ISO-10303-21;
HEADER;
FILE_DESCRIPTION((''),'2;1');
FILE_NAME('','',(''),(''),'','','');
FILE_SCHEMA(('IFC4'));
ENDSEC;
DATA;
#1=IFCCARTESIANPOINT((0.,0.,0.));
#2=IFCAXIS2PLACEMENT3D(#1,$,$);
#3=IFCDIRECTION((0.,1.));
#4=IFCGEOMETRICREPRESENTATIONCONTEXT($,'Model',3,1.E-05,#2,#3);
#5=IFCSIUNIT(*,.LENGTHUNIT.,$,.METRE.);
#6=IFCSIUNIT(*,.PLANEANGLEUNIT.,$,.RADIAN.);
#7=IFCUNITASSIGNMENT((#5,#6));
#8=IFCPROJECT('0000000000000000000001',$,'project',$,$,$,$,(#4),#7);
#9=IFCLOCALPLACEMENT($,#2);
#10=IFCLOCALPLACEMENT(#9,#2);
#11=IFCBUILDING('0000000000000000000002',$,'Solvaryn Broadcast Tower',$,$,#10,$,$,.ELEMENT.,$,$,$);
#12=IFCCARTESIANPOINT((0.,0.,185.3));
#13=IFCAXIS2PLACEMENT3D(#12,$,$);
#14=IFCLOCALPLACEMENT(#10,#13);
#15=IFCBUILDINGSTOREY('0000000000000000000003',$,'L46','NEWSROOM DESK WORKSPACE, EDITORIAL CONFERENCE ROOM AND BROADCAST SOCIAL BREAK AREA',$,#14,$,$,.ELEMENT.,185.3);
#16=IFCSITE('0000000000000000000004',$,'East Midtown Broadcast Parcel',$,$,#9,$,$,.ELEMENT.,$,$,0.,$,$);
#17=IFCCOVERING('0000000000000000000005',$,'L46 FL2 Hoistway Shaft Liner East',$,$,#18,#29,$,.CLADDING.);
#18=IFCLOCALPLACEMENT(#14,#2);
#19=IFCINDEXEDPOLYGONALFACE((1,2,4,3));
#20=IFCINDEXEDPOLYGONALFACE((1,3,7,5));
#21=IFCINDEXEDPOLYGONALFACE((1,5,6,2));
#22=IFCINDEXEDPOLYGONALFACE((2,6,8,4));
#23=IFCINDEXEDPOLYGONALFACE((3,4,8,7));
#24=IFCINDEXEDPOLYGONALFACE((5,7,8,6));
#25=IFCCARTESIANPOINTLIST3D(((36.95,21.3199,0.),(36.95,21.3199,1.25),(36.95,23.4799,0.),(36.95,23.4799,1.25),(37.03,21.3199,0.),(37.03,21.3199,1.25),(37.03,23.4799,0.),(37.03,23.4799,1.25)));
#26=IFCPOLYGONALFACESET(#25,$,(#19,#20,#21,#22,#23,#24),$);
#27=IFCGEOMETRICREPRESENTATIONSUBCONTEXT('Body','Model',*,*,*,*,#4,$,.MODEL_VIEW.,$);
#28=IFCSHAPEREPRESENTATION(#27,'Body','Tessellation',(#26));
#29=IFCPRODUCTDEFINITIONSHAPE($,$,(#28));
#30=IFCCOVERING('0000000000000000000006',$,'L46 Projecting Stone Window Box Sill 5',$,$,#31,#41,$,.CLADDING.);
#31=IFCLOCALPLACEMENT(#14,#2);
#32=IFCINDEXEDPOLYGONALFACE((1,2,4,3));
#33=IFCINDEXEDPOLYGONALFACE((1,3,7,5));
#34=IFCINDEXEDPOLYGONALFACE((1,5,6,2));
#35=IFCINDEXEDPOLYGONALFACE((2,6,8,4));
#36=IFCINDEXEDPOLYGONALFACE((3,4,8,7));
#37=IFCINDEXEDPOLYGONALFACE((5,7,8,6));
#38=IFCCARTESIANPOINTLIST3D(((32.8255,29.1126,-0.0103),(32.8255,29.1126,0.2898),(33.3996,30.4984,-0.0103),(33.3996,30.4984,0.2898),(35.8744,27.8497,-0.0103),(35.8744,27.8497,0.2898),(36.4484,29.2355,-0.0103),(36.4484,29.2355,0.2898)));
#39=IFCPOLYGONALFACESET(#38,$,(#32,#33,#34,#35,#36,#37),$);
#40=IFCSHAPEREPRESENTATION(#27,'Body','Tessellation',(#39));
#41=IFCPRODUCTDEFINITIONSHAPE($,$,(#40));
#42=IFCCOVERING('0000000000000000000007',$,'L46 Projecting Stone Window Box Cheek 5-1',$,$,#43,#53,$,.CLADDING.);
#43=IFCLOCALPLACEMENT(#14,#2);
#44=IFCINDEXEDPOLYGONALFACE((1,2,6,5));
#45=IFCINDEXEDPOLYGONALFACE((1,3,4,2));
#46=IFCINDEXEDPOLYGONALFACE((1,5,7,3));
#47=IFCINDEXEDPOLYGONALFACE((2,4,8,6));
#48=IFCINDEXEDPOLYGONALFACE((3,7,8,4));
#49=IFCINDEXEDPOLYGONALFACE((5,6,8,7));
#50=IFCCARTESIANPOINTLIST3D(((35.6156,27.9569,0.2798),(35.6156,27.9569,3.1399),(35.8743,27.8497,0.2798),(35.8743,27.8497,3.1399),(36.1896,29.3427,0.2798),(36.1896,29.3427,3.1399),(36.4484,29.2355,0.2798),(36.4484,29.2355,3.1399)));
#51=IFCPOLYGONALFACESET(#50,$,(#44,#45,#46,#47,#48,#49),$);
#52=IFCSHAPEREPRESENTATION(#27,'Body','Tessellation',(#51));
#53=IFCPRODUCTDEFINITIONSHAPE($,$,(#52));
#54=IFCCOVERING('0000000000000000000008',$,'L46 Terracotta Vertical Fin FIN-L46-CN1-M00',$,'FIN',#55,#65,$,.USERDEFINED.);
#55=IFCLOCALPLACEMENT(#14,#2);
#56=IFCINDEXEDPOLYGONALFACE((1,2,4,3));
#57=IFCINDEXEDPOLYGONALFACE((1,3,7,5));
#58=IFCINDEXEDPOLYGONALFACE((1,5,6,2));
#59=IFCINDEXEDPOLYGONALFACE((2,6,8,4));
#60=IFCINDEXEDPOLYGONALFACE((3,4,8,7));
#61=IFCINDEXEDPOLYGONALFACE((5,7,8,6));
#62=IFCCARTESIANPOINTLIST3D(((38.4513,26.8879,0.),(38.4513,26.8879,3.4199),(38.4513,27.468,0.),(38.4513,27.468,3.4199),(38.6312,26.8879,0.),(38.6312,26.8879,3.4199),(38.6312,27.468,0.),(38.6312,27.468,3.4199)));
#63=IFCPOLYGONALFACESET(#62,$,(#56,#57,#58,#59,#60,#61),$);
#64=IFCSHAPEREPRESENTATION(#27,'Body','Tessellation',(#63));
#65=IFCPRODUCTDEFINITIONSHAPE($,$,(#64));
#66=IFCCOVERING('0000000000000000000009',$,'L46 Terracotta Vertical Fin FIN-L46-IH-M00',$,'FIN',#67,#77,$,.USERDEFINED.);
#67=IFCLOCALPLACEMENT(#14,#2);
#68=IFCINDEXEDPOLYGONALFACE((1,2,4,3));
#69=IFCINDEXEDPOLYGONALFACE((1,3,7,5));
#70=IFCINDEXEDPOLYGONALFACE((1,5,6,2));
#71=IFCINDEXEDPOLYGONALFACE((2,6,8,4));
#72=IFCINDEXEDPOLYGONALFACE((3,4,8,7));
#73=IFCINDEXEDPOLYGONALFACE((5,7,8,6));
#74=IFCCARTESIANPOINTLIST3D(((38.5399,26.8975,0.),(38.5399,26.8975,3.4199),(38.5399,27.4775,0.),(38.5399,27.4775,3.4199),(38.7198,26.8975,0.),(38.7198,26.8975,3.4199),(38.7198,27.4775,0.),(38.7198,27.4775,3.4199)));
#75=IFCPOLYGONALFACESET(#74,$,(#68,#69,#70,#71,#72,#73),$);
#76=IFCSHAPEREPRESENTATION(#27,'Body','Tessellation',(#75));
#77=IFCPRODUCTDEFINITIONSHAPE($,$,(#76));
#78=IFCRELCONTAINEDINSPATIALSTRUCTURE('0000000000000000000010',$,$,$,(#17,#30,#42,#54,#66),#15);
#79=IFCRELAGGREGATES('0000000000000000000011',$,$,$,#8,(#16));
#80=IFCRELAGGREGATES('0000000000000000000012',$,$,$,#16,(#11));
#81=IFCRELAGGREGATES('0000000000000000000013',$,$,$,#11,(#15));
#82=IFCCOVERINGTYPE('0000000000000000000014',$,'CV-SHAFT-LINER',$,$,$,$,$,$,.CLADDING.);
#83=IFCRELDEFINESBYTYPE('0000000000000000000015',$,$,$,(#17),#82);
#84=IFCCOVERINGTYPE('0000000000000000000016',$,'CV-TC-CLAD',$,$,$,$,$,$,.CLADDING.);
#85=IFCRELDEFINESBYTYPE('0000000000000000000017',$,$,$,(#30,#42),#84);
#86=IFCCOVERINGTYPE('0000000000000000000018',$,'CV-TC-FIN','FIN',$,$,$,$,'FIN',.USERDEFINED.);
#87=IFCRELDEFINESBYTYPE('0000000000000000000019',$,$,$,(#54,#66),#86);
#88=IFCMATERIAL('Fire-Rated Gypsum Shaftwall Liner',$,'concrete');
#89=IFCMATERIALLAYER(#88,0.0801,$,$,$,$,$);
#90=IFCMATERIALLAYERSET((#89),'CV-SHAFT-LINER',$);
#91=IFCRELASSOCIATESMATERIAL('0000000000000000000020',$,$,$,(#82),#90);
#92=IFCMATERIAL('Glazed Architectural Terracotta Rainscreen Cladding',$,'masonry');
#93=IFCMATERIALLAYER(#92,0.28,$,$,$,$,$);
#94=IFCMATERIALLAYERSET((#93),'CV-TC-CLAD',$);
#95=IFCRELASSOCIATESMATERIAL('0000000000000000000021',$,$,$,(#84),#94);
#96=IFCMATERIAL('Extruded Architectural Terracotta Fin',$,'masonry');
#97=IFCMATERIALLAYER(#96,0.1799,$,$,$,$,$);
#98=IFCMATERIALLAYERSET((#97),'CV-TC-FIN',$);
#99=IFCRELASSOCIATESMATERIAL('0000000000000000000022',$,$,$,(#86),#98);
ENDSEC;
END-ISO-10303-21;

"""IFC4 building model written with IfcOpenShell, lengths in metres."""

from ifc_helpers import new_model, si_unit, direction, frame, origin, origin_2d, place, context, subcontext, project, spatial, rectangle, extrude, material, layer, layer_set, type_object, element, save


model = new_model("IFC4")

# Units and contexts
model_context = context("Model", 3, precision=1e-05, world=origin(), true_north=direction((0.0, 1.0)))
body_context = subcontext(model_context, "Body", "Model", "MODEL_VIEW")
ifc_project = project(units=[si_unit("LENGTHUNIT", "METRE"), si_unit("PLANEANGLEUNIT", "RADIAN")], contexts=[model_context])

# Site, building, storey
site_placement = place(None, origin())
site = spatial("IfcSite", under=ifc_project, at=site_placement, Name="East Midtown Broadcast Parcel", CompositionType="ELEMENT", RefElevation=0.0)
building_placement = place(site_placement, origin())
building = spatial("IfcBuilding", under=site, at=building_placement, Name="Solvaryn Broadcast Tower", CompositionType="ELEMENT")
storey_placement = place(building_placement, frame((0.0, 0.0, 185.3)))
storey = spatial("IfcBuildingStorey", under=building, at=storey_placement, Name="L46", Description="NEWSROOM DESK WORKSPACE, EDITORIAL CONFERENCE ROOM AND BROADCAST SOCIAL BREAK AREA", CompositionType="ELEMENT", Elevation=185.3)

# Coverings
ifc_material_1 = material(Name="Fire-Rated Gypsum Shaftwall Liner", Category="concrete")
ifc_layer_1 = layer(ifc_material_1, 0.0801)
ifc_layer_set_1 = layer_set([ifc_layer_1], Name="CV-SHAFT-LINER")
covering_type_1 = type_object("IfcCoveringType", Name="CV-SHAFT-LINER", PredefinedType="CLADDING", material=ifc_layer_set_1)
covering_1_placement = place(storey_placement, frame((36.99, 22.3999, 0.0), z_axis=(0.0, 0.0, 1.0), x_axis=(1.0, 0.0, 0.0)))
element("IfcCovering", 1, at=covering_1_placement, inside=storey, type_object=covering_type_1, Name="L46 FL2 Hoistway Shaft Liner East", PredefinedType="CLADDING", context=body_context, shape_type="SweptSolid", body=[
    extrude(rectangle(XDim=0.0801, YDim=2.1599, at=origin_2d()), origin(), (0.0, 0.0, 1.0), 1.25),
])
ifc_material_2 = material(Name="Glazed Architectural Terracotta Rainscreen Cladding", Category="masonry")
ifc_layer_2 = layer(ifc_material_2, 0.28)
ifc_layer_set_2 = layer_set([ifc_layer_2], Name="CV-TC-CLAD")
covering_type_2 = type_object("IfcCoveringType", Name="CV-TC-CLAD", PredefinedType="CLADDING", material=ifc_layer_set_2)
covering_2_placement = place(storey_placement, frame((34.637, 29.1741, -0.0103), z_axis=(0.0, 0.0, 1.0), x_axis=(-0.92388, 0.382683, 0.0)))
element("IfcCovering", 2, at=covering_2_placement, inside=storey, type_object=covering_type_2, Name="L46 Projecting Stone Window Box Sill 5", PredefinedType="CLADDING", context=body_context, shape_type="SweptSolid", body=[
    extrude(rectangle(XDim=3.3, YDim=1.5, at=origin_2d()), origin(), (0.0, 0.0, 1.0), 0.3),
])
covering_3_placement = place(storey_placement, frame((36.032, 28.5962, 0.2798), z_axis=(0.0, 0.0, 1.0), x_axis=(-0.92388, 0.382683, 0.0)))
element("IfcCovering", 3, at=covering_3_placement, inside=storey, type_object=covering_type_2, Name="L46 Projecting Stone Window Box Cheek 5-1", PredefinedType="CLADDING", context=body_context, shape_type="SweptSolid", body=[
    extrude(rectangle(XDim=0.28, YDim=1.5, at=origin_2d()), origin(), (0.0, 0.0, 1.0), 2.8601),
])
ifc_material_3 = material(Name="Extruded Architectural Terracotta Fin", Category="masonry")
ifc_layer_3 = layer(ifc_material_3, 0.1799)
ifc_layer_set_3 = layer_set([ifc_layer_3], Name="CV-TC-FIN")
covering_type_3 = type_object("IfcCoveringType", Name="CV-TC-FIN", Description="FIN", ElementType="FIN", PredefinedType="USERDEFINED", material=ifc_layer_set_3)
for number, where, z_axis, x_axis, name in (
    (4, (38.5413, 27.178, 0.0), (0.0, 0.0, 1.0), (1.0, 0.0, 0.0), "L46 Terracotta Vertical Fin FIN-L46-CN1-M00"),
    (5, (38.6299, 27.1875, 0.0), (0.0, 0.0, 1.0), (1.0, 0.0, 0.0), "L46 Terracotta Vertical Fin FIN-L46-IH-M00"),
):
    element("IfcCovering", number, at=place(storey_placement, frame(where, z_axis=z_axis, x_axis=x_axis)), inside=storey, type_object=covering_type_3, Name=name, ObjectType="FIN", PredefinedType="USERDEFINED", context=body_context, shape_type="SweptSolid", body=[
        extrude(rectangle(XDim=0.1799, YDim=0.5801, at=origin_2d()), origin(), (0.0, 0.0, 1.0), 3.4199),
    ])

save(model, "model.ifc")
